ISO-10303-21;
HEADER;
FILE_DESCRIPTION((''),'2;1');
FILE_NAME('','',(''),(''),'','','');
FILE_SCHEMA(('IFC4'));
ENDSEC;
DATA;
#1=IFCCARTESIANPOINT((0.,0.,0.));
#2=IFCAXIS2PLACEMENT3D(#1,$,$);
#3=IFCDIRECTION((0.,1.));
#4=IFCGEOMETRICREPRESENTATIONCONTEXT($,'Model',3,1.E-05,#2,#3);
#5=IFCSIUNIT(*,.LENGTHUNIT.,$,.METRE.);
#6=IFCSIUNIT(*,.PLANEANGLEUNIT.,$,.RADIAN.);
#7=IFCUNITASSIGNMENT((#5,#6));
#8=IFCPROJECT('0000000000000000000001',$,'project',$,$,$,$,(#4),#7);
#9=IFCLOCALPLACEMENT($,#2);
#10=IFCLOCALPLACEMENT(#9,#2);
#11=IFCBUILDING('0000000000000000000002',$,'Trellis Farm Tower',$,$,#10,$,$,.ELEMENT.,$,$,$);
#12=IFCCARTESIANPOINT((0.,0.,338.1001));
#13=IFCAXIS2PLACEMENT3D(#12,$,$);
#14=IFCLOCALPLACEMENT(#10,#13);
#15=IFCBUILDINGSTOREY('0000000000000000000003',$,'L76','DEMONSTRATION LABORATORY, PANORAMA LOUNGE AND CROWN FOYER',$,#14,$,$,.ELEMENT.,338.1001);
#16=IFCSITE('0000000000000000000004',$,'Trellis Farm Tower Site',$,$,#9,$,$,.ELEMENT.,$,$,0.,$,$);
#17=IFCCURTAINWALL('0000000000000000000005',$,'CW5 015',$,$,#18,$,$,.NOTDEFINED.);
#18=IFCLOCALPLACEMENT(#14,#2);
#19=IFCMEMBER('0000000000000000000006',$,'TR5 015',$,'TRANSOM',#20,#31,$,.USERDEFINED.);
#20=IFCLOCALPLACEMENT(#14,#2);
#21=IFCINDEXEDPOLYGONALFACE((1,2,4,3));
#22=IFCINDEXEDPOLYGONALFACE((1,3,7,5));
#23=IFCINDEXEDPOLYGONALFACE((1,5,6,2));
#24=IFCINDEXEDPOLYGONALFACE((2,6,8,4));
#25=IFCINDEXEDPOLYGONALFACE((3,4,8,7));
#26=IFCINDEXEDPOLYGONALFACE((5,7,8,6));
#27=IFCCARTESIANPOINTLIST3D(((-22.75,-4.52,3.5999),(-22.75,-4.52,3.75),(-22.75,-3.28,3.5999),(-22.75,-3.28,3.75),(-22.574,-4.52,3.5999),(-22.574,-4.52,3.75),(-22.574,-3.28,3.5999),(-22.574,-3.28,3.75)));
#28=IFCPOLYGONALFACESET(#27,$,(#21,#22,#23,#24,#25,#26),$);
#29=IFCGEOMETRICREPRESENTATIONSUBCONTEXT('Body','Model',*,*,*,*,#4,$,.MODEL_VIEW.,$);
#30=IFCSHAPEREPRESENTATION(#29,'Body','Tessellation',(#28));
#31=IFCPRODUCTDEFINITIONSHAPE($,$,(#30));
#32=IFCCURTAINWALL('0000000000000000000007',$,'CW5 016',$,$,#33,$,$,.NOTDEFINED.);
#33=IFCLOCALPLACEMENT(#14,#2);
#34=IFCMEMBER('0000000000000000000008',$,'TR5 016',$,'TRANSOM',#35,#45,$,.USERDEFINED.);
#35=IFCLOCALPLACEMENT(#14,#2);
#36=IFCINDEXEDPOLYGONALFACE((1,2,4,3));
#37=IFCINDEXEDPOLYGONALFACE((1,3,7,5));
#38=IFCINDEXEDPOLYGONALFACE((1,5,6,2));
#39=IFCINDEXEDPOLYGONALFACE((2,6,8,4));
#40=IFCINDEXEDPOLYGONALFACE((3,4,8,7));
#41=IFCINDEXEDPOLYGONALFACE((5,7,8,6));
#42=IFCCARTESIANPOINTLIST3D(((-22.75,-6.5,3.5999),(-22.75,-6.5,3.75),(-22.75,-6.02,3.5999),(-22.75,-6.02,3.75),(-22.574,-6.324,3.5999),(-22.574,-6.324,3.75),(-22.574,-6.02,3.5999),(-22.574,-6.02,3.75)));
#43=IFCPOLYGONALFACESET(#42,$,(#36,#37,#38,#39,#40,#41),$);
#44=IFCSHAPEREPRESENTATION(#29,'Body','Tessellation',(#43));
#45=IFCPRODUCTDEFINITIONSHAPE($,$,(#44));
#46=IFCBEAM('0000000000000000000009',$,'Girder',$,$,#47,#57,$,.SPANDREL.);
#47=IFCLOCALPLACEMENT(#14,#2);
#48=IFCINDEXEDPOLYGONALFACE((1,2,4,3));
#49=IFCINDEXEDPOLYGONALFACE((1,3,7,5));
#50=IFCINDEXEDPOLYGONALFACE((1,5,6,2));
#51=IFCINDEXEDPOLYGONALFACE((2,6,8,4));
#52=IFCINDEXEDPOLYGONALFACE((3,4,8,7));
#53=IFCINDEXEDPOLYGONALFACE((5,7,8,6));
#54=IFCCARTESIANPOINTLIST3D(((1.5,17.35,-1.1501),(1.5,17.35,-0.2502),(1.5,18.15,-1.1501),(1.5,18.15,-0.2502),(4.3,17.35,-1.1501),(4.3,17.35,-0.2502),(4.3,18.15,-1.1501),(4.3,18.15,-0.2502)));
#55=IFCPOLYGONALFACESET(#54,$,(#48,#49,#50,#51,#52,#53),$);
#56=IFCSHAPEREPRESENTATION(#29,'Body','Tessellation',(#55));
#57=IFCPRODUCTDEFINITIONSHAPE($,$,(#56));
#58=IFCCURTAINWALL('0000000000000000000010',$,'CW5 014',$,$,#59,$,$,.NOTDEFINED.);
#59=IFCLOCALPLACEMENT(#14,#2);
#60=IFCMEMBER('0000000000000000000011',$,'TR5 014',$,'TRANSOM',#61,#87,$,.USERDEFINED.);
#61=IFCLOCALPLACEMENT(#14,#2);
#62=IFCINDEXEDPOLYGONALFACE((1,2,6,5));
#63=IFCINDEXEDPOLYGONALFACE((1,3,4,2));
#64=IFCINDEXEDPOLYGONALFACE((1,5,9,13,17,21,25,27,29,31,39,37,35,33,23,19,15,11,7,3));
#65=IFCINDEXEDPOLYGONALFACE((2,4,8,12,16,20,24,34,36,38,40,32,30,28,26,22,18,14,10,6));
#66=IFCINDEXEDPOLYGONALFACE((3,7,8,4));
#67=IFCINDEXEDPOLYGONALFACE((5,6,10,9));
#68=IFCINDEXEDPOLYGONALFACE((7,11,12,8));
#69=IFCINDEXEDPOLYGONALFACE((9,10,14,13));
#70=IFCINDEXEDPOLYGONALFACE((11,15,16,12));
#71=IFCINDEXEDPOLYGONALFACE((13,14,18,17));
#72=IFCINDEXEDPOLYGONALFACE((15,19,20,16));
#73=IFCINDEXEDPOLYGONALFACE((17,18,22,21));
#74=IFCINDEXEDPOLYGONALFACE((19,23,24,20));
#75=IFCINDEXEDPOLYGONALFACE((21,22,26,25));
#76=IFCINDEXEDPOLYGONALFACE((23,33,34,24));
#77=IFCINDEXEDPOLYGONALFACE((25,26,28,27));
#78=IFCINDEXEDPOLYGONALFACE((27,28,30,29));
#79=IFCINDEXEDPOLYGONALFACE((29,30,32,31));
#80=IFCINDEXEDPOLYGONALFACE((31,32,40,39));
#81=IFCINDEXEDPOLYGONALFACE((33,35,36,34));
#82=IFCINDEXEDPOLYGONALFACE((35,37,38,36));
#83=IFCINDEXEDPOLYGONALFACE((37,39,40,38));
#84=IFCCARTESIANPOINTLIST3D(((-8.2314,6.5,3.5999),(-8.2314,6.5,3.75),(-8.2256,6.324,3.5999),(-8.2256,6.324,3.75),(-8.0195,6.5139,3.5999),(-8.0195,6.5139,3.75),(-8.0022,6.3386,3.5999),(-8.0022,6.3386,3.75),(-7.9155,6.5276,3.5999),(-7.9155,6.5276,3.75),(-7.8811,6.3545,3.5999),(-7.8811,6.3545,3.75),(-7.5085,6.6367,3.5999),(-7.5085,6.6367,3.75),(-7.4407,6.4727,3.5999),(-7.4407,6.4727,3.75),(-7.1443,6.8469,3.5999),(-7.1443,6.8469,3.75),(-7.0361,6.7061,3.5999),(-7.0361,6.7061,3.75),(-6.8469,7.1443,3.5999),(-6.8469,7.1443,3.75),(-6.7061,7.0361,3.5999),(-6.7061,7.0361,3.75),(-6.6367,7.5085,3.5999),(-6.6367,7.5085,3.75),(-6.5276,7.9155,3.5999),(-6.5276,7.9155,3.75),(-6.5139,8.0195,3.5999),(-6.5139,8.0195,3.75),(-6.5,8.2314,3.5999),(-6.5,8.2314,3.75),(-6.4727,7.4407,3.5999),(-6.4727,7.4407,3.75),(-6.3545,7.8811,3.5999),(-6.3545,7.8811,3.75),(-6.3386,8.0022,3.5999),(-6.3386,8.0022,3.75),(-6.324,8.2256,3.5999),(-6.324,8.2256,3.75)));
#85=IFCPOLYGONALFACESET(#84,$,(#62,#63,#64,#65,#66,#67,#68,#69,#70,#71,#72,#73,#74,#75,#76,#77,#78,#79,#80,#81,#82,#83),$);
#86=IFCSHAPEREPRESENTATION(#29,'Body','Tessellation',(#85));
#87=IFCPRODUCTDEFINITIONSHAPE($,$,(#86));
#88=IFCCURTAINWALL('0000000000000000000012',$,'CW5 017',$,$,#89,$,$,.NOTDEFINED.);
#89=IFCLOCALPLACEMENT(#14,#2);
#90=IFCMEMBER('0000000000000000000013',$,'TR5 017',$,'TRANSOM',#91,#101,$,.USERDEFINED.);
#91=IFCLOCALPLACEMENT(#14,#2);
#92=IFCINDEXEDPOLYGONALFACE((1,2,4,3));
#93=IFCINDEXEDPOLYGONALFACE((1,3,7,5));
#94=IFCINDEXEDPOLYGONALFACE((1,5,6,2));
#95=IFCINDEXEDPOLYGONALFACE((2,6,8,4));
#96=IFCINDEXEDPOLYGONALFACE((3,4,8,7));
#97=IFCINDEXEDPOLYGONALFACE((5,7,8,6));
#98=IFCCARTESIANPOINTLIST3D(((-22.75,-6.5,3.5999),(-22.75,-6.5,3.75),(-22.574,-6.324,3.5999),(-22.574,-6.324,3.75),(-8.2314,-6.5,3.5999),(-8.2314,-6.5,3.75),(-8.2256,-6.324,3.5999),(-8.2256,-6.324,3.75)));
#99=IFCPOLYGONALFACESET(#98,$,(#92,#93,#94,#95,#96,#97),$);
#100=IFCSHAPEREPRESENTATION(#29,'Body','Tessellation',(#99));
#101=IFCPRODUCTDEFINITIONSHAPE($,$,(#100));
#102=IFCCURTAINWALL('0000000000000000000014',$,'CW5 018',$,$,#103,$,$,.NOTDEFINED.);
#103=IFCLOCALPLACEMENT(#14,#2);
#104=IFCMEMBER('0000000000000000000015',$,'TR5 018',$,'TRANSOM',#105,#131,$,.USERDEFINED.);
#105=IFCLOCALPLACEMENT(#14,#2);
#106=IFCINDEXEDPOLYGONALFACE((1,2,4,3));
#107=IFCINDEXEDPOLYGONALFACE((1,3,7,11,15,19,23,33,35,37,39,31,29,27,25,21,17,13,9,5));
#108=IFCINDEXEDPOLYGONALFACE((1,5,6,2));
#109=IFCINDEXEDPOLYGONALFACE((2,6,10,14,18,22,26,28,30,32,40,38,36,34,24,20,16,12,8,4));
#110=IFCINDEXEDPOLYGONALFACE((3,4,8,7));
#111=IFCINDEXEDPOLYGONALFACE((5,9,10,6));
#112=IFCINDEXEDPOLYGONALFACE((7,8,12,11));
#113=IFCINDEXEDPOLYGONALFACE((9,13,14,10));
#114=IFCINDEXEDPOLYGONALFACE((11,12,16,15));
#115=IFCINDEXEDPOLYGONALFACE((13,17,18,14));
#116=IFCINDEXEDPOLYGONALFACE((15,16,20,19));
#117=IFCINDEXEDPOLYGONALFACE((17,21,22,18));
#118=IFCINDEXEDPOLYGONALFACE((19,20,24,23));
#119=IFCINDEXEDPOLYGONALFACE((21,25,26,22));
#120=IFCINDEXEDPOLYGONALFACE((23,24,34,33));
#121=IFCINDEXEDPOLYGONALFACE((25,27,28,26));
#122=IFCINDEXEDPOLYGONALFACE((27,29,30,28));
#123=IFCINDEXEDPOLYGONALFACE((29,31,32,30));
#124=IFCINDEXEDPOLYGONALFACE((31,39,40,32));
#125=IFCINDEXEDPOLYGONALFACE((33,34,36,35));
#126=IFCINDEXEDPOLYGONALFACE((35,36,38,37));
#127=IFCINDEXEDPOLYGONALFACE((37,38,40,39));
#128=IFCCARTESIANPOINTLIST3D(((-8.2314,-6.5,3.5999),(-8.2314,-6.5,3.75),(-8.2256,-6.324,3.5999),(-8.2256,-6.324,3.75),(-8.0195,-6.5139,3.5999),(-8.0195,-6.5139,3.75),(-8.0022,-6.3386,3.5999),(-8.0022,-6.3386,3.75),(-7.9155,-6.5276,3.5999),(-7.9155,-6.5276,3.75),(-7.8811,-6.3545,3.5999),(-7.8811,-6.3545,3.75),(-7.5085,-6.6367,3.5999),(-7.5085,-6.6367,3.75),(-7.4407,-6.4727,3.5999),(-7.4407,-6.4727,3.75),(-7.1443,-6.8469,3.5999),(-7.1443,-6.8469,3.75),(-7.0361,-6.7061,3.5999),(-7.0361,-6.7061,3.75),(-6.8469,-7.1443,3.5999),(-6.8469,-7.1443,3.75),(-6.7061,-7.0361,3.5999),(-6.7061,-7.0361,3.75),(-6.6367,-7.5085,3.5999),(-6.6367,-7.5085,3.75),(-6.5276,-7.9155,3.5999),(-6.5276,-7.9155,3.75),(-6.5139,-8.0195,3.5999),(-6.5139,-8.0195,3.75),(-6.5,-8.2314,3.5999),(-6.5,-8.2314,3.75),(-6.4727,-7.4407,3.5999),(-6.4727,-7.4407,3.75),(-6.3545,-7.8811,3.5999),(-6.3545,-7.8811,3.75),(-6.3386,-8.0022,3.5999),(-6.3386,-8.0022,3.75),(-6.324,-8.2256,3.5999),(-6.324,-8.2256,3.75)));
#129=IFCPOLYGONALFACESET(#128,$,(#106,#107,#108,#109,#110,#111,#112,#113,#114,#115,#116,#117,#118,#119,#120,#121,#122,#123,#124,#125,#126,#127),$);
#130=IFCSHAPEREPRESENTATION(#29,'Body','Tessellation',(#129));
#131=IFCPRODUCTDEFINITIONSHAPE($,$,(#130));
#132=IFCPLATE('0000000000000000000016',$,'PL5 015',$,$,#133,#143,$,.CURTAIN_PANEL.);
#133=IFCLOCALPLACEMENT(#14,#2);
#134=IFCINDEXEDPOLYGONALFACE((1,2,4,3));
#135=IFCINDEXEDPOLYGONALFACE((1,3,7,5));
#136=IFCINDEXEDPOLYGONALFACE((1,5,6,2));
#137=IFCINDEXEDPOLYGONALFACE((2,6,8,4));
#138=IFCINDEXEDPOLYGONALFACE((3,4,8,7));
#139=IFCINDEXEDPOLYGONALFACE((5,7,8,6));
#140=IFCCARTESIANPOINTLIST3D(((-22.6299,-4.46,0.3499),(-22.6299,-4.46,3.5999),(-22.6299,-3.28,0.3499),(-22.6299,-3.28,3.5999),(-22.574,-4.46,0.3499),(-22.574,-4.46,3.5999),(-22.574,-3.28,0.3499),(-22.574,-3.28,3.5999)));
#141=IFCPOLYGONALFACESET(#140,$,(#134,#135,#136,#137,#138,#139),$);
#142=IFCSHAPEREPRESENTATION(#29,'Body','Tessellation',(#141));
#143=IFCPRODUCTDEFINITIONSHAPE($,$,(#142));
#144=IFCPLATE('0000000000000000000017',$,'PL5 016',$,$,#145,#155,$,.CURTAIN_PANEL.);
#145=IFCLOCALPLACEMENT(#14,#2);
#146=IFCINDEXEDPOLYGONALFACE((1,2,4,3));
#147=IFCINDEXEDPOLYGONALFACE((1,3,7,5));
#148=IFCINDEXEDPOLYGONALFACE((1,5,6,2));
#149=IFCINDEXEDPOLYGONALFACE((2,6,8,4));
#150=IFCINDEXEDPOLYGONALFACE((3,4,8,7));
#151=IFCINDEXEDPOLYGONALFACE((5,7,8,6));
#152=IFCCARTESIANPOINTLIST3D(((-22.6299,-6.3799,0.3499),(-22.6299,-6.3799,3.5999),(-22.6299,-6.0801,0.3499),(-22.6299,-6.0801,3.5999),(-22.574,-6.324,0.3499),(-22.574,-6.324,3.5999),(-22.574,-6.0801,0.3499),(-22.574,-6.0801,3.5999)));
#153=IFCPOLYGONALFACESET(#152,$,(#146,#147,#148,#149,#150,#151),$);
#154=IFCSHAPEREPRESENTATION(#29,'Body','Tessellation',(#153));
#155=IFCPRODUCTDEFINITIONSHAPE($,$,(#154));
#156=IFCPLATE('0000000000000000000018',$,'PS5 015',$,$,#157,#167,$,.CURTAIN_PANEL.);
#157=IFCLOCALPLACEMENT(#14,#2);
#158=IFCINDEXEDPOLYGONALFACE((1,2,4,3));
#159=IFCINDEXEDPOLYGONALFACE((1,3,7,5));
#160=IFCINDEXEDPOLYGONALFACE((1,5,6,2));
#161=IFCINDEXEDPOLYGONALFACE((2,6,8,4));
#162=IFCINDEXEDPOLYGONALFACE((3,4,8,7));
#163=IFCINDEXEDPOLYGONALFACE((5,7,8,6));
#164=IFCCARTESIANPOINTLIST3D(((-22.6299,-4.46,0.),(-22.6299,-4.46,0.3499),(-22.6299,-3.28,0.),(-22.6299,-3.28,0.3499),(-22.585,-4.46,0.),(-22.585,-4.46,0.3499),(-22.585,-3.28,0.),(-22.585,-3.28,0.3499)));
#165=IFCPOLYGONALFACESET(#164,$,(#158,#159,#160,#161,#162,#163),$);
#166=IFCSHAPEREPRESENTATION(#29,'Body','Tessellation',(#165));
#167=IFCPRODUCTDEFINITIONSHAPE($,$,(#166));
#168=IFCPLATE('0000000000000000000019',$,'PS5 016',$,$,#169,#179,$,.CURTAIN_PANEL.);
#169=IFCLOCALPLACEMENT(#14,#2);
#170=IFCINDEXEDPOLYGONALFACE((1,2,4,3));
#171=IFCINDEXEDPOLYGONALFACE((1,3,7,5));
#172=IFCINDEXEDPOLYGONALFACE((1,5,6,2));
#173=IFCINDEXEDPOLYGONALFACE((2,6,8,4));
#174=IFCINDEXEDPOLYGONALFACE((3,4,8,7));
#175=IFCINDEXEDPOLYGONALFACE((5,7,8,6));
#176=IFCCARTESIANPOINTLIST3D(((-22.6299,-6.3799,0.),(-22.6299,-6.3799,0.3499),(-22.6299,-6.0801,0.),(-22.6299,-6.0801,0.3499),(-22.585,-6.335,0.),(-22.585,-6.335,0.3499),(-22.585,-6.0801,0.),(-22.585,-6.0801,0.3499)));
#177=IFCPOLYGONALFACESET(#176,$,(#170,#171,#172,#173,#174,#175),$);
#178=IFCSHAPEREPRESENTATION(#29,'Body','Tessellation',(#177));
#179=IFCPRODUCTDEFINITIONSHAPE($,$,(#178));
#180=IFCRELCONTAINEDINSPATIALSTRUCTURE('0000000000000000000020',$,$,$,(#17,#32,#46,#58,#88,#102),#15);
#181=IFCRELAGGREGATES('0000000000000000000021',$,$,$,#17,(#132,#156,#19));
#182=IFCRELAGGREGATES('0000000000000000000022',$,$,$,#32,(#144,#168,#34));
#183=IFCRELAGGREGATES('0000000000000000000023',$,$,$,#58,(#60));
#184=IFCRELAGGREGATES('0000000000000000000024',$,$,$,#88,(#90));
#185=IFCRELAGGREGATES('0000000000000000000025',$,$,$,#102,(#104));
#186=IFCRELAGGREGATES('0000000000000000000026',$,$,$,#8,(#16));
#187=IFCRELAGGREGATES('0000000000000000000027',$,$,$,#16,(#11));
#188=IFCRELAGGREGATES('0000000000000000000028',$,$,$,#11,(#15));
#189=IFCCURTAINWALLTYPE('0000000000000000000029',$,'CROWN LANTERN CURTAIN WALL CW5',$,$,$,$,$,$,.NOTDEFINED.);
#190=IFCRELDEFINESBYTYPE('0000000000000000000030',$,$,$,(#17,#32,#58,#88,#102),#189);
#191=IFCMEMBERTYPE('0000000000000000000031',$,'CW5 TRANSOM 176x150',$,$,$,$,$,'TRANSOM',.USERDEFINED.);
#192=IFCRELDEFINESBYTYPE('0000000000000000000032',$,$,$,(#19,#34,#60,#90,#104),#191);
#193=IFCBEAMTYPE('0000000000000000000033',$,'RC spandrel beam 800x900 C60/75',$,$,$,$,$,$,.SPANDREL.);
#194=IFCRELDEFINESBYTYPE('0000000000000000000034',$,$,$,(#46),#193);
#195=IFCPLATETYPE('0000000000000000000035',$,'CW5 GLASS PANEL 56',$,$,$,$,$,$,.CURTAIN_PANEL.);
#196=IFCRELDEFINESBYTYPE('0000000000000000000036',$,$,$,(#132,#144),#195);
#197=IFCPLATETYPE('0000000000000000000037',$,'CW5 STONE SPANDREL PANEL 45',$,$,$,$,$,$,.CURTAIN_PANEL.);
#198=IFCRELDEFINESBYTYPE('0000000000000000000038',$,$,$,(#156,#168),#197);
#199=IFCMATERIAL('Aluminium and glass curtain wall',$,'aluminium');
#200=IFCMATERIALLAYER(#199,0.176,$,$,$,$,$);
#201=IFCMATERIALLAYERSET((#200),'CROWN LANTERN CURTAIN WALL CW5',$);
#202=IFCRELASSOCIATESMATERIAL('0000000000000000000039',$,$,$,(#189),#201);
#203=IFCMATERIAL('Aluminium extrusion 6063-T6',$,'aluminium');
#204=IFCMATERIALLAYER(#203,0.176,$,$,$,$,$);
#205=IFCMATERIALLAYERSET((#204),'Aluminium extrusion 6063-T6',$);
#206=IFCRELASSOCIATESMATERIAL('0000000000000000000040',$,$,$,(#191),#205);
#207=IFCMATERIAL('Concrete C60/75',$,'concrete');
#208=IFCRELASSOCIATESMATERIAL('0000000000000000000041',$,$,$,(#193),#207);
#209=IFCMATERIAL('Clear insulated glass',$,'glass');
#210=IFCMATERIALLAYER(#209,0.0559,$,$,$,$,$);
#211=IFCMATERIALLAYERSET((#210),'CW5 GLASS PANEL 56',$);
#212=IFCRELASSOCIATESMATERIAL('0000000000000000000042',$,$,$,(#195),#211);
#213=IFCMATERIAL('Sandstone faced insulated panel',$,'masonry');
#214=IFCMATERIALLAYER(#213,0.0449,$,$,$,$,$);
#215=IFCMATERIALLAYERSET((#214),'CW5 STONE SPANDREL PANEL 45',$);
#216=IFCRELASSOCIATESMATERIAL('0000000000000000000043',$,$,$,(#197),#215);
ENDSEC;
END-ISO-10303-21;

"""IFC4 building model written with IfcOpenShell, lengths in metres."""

from ifc_helpers import new_model, si_unit, direction, frame, origin, origin_2d, place, context, subcontext, project, spatial, polyline, rectangle, outline, extrude, source, transform, mapped, material, layer, layer_set, material_profile, profile_set, type_object, element, aggregate, save


model = new_model("IFC4")

# Units and contexts
model_context = context("Model", 3, precision=1e-05, world=origin(), true_north=direction((0.0, 1.0)))
body_context = subcontext(model_context, "Body", "Model", "MODEL_VIEW")
ifc_project = project(units=[si_unit("LENGTHUNIT", "METRE"), si_unit("PLANEANGLEUNIT", "RADIAN")], contexts=[model_context])

# Site, building, storey
site_placement = place(None, origin())
site = spatial("IfcSite", under=ifc_project, at=site_placement, Name="Trellis Farm Tower Site", CompositionType="ELEMENT", RefElevation=0.0)
building_placement = place(site_placement, origin())
building = spatial("IfcBuilding", under=site, at=building_placement, Name="Trellis Farm Tower", CompositionType="ELEMENT")
storey_placement = place(building_placement, frame((0.0, 0.0, 338.1001)))
storey = spatial("IfcBuildingStorey", under=building, at=storey_placement, Name="L76", Description="DEMONSTRATION LABORATORY, PANORAMA LOUNGE AND CROWN FOYER", CompositionType="ELEMENT", Elevation=338.1001)

# Curtain walls, members
ifc_material_1 = material(Name="Aluminium and glass curtain wall", Category="aluminium")
ifc_layer_1 = layer(ifc_material_1, 0.176)
ifc_layer_set_1 = layer_set([ifc_layer_1], Name="CROWN LANTERN CURTAIN WALL CW5")
curtain_wall_type = type_object("IfcCurtainWallType", Name="CROWN LANTERN CURTAIN WALL CW5", PredefinedType="NOTDEFINED", material=ifc_layer_set_1)
placement_1 = place(storey_placement, origin())
curtain_wall_1 = element("IfcCurtainWall", 1, at=placement_1, inside=storey, type_object=curtain_wall_type, Name="CW5 015", PredefinedType="NOTDEFINED")
ifc_material_2 = material(Name="Aluminium extrusion 6063-T6", Category="aluminium")
ifc_layer_2 = layer(ifc_material_2, 0.176)
ifc_layer_set_2 = layer_set([ifc_layer_2], Name="Aluminium extrusion 6063-T6")
member_type = type_object("IfcMemberType", Name="CW5 TRANSOM 176x150", ElementType="TRANSOM", PredefinedType="USERDEFINED", material=ifc_layer_set_2)
placement_2 = place(storey_placement, frame((0.0, 0.0, 3.5999)))
member_1 = element("IfcMember", 2, at=placement_2, type_object=member_type, Name="TR5 015", ObjectType="TRANSOM", PredefinedType="USERDEFINED", context=body_context, shape_type="SweptSolid", body=[
    extrude(outline(polyline([(-22.75, -3.28), (-22.75, -4.52), (-22.574, -4.52), (-22.574, -3.28), (-22.75, -3.28)])), origin(), (0.0, 0.0, 1.0), 0.1501),
])
curtain_wall_2 = element("IfcCurtainWall", 3, at=placement_1, inside=storey, type_object=curtain_wall_type, Name="CW5 016", PredefinedType="NOTDEFINED")
member_2 = element("IfcMember", 4, at=placement_2, type_object=member_type, Name="TR5 016", ObjectType="TRANSOM", PredefinedType="USERDEFINED", context=body_context, shape_type="SweptSolid", body=[
    extrude(outline(polyline([(-22.75, -6.02), (-22.75, -6.5), (-22.574, -6.324), (-22.574, -6.02), (-22.75, -6.02)])), origin(), (0.0, 0.0, 1.0), 0.1501),
])

# Beam
ifc_material_3 = material(Name="Concrete C60/75", Category="concrete")
ifc_material_profile = material_profile(ifc_material_3, rectangle(XDim=0.8, YDim=0.8999, at=origin_2d()), Name="RC spandrel beam 800x900 C60/75")
ifc_profile_set = profile_set([ifc_material_profile], Name="Concrete C60/75")
beam_type = type_object("IfcBeamType", Name="RC spandrel beam 800x900 C60/75", PredefinedType="SPANDREL", material=ifc_profile_set)
shared_shape_1 = source(origin(), body_context, "Body", "SweptSolid", [
    extrude(rectangle(XDim=0.8, YDim=0.8999, at=origin_2d()), origin(), (0.0, 0.0, 1.0), 2.8),
])
beam_placement = place(storey_placement, frame((1.5, 17.75, -0.7002), z_axis=(1.0, 0.0, 0.0), x_axis=(0.0, 1.0, 0.0)))
element("IfcBeam", 5, at=beam_placement, inside=storey, type_object=beam_type, Name="Girder", PredefinedType="SPANDREL", context=body_context, shape_type="MappedRepresentation", body=[
    mapped(shared_shape_1, transform((0.0, 0.0, 0.0))),
])

# Curtain walls, members
curtain_wall_3 = element("IfcCurtainWall", 6, at=placement_1, inside=storey, type_object=curtain_wall_type, Name="CW5 014", PredefinedType="NOTDEFINED")
shared_shape_2 = source(origin(), body_context, "Body", "SweptSolid", [
    extrude(outline(polyline([(-6.5, 8.2314), (-6.5139, 8.0195), (-6.5276, 7.9155), (-6.6367, 7.5085), (-6.8469, 7.1443), (-7.1443, 6.8469), (-7.5085, 6.6367), (-7.9155, 6.5276), (-8.0195, 6.5139), (-8.2314, 6.5), (-8.2256, 6.324), (-8.0022, 6.3386), (-7.8811, 6.3545), (-7.4407, 6.4727), (-7.0361, 6.7061), (-6.7061, 7.0361), (-6.4727, 7.4407), (-6.3545, 7.8811), (-6.3386, 8.0022), (-6.324, 8.2256), (-6.5, 8.2314)])), origin(), (0.0, 0.0, 1.0), 0.1501),
])
member_3 = element("IfcMember", 7, at=placement_2, type_object=member_type, Name="TR5 014", ObjectType="TRANSOM", PredefinedType="USERDEFINED", context=body_context, shape_type="MappedRepresentation", body=[
    mapped(shared_shape_2, transform((0.0, 0.0, 0.0))),
])
curtain_wall_4 = element("IfcCurtainWall", 8, at=placement_1, inside=storey, type_object=curtain_wall_type, Name="CW5 017", PredefinedType="NOTDEFINED")
shared_shape_3 = source(origin(), body_context, "Body", "SweptSolid", [
    extrude(outline(polyline([(-22.75, -6.5), (-8.2314, -6.5), (-8.2256, -6.324), (-22.574, -6.324), (-22.75, -6.5)])), origin(), (0.0, 0.0, 1.0), 0.1501),
])
member_4 = element("IfcMember", 9, at=placement_2, type_object=member_type, Name="TR5 017", ObjectType="TRANSOM", PredefinedType="USERDEFINED", context=body_context, shape_type="MappedRepresentation", body=[
    mapped(shared_shape_3, transform((0.0, 0.0, 0.0))),
])
curtain_wall_5 = element("IfcCurtainWall", 10, at=placement_1, inside=storey, type_object=curtain_wall_type, Name="CW5 018", PredefinedType="NOTDEFINED")
shared_shape_4 = source(origin(), body_context, "Body", "SweptSolid", [
    extrude(outline(polyline([(-8.2314, -6.5), (-8.0195, -6.5139), (-7.9155, -6.5276), (-7.5085, -6.6367), (-7.1443, -6.8469), (-6.8469, -7.1443), (-6.6367, -7.5085), (-6.5276, -7.9155), (-6.5139, -8.0195), (-6.5, -8.2314), (-6.324, -8.2256), (-6.3386, -8.0022), (-6.3545, -7.8811), (-6.4727, -7.4407), (-6.7061, -7.0361), (-7.0361, -6.7061), (-7.4407, -6.4727), (-7.8811, -6.3545), (-8.0022, -6.3386), (-8.2256, -6.324), (-8.2314, -6.5)])), origin(), (0.0, 0.0, 1.0), 0.1501),
])
member_5 = element("IfcMember", 11, at=placement_2, type_object=member_type, Name="TR5 018", ObjectType="TRANSOM", PredefinedType="USERDEFINED", context=body_context, shape_type="MappedRepresentation", body=[
    mapped(shared_shape_4, transform((0.0, 0.0, 0.0))),
])

# Plates
ifc_material_4 = material(Name="Clear insulated glass", Category="glass")
ifc_layer_3 = layer(ifc_material_4, 0.0559)
ifc_layer_set_3 = layer_set([ifc_layer_3], Name="CW5 GLASS PANEL 56")
plate_type_1 = type_object("IfcPlateType", Name="CW5 GLASS PANEL 56", PredefinedType="CURTAIN_PANEL", material=ifc_layer_set_3)
placement_3 = place(storey_placement, frame((0.0, 0.0, 0.3499)))
plate_1 = element("IfcPlate", 12, at=placement_3, type_object=plate_type_1, Name="PL5 015", PredefinedType="CURTAIN_PANEL", context=body_context, shape_type="SweptSolid", body=[
    extrude(outline(polyline([(-22.6299, -3.28), (-22.6299, -4.46), (-22.574, -4.46), (-22.574, -3.28), (-22.6299, -3.28)])), origin(), (0.0, 0.0, 1.0), 3.25),
])
plate_2 = element("IfcPlate", 13, at=placement_3, type_object=plate_type_1, Name="PL5 016", PredefinedType="CURTAIN_PANEL", context=body_context, shape_type="SweptSolid", body=[
    extrude(outline(polyline([(-22.6299, -6.0801), (-22.6299, -6.3799), (-22.574, -6.324), (-22.574, -6.0801), (-22.6299, -6.0801)])), origin(), (0.0, 0.0, 1.0), 3.25),
])
ifc_material_5 = material(Name="Sandstone faced insulated panel", Category="masonry")
ifc_layer_4 = layer(ifc_material_5, 0.0449)
ifc_layer_set_4 = layer_set([ifc_layer_4], Name="CW5 STONE SPANDREL PANEL 45")
plate_type_2 = type_object("IfcPlateType", Name="CW5 STONE SPANDREL PANEL 45", PredefinedType="CURTAIN_PANEL", material=ifc_layer_set_4)
plate_3 = element("IfcPlate", 14, at=placement_1, type_object=plate_type_2, Name="PS5 015", PredefinedType="CURTAIN_PANEL", context=body_context, shape_type="SweptSolid", body=[
    extrude(outline(polyline([(-22.6299, -3.28), (-22.6299, -4.46), (-22.585, -4.46), (-22.585, -3.28), (-22.6299, -3.28)])), origin(), (0.0, 0.0, 1.0), 0.3499),
])
aggregate(curtain_wall_1, [plate_1, plate_3, member_1])
plate_4 = element("IfcPlate", 15, at=placement_1, type_object=plate_type_2, Name="PS5 016", PredefinedType="CURTAIN_PANEL", context=body_context, shape_type="SweptSolid", body=[
    extrude(outline(polyline([(-22.6299, -6.0801), (-22.6299, -6.3799), (-22.585, -6.335), (-22.585, -6.0801), (-22.6299, -6.0801)])), origin(), (0.0, 0.0, 1.0), 0.3499),
])
aggregate(curtain_wall_2, [plate_2, plate_4, member_2])
aggregate(curtain_wall_3, [member_3])
aggregate(curtain_wall_4, [member_4])
aggregate(curtain_wall_5, [member_5])

save(model, "model.ifc")
